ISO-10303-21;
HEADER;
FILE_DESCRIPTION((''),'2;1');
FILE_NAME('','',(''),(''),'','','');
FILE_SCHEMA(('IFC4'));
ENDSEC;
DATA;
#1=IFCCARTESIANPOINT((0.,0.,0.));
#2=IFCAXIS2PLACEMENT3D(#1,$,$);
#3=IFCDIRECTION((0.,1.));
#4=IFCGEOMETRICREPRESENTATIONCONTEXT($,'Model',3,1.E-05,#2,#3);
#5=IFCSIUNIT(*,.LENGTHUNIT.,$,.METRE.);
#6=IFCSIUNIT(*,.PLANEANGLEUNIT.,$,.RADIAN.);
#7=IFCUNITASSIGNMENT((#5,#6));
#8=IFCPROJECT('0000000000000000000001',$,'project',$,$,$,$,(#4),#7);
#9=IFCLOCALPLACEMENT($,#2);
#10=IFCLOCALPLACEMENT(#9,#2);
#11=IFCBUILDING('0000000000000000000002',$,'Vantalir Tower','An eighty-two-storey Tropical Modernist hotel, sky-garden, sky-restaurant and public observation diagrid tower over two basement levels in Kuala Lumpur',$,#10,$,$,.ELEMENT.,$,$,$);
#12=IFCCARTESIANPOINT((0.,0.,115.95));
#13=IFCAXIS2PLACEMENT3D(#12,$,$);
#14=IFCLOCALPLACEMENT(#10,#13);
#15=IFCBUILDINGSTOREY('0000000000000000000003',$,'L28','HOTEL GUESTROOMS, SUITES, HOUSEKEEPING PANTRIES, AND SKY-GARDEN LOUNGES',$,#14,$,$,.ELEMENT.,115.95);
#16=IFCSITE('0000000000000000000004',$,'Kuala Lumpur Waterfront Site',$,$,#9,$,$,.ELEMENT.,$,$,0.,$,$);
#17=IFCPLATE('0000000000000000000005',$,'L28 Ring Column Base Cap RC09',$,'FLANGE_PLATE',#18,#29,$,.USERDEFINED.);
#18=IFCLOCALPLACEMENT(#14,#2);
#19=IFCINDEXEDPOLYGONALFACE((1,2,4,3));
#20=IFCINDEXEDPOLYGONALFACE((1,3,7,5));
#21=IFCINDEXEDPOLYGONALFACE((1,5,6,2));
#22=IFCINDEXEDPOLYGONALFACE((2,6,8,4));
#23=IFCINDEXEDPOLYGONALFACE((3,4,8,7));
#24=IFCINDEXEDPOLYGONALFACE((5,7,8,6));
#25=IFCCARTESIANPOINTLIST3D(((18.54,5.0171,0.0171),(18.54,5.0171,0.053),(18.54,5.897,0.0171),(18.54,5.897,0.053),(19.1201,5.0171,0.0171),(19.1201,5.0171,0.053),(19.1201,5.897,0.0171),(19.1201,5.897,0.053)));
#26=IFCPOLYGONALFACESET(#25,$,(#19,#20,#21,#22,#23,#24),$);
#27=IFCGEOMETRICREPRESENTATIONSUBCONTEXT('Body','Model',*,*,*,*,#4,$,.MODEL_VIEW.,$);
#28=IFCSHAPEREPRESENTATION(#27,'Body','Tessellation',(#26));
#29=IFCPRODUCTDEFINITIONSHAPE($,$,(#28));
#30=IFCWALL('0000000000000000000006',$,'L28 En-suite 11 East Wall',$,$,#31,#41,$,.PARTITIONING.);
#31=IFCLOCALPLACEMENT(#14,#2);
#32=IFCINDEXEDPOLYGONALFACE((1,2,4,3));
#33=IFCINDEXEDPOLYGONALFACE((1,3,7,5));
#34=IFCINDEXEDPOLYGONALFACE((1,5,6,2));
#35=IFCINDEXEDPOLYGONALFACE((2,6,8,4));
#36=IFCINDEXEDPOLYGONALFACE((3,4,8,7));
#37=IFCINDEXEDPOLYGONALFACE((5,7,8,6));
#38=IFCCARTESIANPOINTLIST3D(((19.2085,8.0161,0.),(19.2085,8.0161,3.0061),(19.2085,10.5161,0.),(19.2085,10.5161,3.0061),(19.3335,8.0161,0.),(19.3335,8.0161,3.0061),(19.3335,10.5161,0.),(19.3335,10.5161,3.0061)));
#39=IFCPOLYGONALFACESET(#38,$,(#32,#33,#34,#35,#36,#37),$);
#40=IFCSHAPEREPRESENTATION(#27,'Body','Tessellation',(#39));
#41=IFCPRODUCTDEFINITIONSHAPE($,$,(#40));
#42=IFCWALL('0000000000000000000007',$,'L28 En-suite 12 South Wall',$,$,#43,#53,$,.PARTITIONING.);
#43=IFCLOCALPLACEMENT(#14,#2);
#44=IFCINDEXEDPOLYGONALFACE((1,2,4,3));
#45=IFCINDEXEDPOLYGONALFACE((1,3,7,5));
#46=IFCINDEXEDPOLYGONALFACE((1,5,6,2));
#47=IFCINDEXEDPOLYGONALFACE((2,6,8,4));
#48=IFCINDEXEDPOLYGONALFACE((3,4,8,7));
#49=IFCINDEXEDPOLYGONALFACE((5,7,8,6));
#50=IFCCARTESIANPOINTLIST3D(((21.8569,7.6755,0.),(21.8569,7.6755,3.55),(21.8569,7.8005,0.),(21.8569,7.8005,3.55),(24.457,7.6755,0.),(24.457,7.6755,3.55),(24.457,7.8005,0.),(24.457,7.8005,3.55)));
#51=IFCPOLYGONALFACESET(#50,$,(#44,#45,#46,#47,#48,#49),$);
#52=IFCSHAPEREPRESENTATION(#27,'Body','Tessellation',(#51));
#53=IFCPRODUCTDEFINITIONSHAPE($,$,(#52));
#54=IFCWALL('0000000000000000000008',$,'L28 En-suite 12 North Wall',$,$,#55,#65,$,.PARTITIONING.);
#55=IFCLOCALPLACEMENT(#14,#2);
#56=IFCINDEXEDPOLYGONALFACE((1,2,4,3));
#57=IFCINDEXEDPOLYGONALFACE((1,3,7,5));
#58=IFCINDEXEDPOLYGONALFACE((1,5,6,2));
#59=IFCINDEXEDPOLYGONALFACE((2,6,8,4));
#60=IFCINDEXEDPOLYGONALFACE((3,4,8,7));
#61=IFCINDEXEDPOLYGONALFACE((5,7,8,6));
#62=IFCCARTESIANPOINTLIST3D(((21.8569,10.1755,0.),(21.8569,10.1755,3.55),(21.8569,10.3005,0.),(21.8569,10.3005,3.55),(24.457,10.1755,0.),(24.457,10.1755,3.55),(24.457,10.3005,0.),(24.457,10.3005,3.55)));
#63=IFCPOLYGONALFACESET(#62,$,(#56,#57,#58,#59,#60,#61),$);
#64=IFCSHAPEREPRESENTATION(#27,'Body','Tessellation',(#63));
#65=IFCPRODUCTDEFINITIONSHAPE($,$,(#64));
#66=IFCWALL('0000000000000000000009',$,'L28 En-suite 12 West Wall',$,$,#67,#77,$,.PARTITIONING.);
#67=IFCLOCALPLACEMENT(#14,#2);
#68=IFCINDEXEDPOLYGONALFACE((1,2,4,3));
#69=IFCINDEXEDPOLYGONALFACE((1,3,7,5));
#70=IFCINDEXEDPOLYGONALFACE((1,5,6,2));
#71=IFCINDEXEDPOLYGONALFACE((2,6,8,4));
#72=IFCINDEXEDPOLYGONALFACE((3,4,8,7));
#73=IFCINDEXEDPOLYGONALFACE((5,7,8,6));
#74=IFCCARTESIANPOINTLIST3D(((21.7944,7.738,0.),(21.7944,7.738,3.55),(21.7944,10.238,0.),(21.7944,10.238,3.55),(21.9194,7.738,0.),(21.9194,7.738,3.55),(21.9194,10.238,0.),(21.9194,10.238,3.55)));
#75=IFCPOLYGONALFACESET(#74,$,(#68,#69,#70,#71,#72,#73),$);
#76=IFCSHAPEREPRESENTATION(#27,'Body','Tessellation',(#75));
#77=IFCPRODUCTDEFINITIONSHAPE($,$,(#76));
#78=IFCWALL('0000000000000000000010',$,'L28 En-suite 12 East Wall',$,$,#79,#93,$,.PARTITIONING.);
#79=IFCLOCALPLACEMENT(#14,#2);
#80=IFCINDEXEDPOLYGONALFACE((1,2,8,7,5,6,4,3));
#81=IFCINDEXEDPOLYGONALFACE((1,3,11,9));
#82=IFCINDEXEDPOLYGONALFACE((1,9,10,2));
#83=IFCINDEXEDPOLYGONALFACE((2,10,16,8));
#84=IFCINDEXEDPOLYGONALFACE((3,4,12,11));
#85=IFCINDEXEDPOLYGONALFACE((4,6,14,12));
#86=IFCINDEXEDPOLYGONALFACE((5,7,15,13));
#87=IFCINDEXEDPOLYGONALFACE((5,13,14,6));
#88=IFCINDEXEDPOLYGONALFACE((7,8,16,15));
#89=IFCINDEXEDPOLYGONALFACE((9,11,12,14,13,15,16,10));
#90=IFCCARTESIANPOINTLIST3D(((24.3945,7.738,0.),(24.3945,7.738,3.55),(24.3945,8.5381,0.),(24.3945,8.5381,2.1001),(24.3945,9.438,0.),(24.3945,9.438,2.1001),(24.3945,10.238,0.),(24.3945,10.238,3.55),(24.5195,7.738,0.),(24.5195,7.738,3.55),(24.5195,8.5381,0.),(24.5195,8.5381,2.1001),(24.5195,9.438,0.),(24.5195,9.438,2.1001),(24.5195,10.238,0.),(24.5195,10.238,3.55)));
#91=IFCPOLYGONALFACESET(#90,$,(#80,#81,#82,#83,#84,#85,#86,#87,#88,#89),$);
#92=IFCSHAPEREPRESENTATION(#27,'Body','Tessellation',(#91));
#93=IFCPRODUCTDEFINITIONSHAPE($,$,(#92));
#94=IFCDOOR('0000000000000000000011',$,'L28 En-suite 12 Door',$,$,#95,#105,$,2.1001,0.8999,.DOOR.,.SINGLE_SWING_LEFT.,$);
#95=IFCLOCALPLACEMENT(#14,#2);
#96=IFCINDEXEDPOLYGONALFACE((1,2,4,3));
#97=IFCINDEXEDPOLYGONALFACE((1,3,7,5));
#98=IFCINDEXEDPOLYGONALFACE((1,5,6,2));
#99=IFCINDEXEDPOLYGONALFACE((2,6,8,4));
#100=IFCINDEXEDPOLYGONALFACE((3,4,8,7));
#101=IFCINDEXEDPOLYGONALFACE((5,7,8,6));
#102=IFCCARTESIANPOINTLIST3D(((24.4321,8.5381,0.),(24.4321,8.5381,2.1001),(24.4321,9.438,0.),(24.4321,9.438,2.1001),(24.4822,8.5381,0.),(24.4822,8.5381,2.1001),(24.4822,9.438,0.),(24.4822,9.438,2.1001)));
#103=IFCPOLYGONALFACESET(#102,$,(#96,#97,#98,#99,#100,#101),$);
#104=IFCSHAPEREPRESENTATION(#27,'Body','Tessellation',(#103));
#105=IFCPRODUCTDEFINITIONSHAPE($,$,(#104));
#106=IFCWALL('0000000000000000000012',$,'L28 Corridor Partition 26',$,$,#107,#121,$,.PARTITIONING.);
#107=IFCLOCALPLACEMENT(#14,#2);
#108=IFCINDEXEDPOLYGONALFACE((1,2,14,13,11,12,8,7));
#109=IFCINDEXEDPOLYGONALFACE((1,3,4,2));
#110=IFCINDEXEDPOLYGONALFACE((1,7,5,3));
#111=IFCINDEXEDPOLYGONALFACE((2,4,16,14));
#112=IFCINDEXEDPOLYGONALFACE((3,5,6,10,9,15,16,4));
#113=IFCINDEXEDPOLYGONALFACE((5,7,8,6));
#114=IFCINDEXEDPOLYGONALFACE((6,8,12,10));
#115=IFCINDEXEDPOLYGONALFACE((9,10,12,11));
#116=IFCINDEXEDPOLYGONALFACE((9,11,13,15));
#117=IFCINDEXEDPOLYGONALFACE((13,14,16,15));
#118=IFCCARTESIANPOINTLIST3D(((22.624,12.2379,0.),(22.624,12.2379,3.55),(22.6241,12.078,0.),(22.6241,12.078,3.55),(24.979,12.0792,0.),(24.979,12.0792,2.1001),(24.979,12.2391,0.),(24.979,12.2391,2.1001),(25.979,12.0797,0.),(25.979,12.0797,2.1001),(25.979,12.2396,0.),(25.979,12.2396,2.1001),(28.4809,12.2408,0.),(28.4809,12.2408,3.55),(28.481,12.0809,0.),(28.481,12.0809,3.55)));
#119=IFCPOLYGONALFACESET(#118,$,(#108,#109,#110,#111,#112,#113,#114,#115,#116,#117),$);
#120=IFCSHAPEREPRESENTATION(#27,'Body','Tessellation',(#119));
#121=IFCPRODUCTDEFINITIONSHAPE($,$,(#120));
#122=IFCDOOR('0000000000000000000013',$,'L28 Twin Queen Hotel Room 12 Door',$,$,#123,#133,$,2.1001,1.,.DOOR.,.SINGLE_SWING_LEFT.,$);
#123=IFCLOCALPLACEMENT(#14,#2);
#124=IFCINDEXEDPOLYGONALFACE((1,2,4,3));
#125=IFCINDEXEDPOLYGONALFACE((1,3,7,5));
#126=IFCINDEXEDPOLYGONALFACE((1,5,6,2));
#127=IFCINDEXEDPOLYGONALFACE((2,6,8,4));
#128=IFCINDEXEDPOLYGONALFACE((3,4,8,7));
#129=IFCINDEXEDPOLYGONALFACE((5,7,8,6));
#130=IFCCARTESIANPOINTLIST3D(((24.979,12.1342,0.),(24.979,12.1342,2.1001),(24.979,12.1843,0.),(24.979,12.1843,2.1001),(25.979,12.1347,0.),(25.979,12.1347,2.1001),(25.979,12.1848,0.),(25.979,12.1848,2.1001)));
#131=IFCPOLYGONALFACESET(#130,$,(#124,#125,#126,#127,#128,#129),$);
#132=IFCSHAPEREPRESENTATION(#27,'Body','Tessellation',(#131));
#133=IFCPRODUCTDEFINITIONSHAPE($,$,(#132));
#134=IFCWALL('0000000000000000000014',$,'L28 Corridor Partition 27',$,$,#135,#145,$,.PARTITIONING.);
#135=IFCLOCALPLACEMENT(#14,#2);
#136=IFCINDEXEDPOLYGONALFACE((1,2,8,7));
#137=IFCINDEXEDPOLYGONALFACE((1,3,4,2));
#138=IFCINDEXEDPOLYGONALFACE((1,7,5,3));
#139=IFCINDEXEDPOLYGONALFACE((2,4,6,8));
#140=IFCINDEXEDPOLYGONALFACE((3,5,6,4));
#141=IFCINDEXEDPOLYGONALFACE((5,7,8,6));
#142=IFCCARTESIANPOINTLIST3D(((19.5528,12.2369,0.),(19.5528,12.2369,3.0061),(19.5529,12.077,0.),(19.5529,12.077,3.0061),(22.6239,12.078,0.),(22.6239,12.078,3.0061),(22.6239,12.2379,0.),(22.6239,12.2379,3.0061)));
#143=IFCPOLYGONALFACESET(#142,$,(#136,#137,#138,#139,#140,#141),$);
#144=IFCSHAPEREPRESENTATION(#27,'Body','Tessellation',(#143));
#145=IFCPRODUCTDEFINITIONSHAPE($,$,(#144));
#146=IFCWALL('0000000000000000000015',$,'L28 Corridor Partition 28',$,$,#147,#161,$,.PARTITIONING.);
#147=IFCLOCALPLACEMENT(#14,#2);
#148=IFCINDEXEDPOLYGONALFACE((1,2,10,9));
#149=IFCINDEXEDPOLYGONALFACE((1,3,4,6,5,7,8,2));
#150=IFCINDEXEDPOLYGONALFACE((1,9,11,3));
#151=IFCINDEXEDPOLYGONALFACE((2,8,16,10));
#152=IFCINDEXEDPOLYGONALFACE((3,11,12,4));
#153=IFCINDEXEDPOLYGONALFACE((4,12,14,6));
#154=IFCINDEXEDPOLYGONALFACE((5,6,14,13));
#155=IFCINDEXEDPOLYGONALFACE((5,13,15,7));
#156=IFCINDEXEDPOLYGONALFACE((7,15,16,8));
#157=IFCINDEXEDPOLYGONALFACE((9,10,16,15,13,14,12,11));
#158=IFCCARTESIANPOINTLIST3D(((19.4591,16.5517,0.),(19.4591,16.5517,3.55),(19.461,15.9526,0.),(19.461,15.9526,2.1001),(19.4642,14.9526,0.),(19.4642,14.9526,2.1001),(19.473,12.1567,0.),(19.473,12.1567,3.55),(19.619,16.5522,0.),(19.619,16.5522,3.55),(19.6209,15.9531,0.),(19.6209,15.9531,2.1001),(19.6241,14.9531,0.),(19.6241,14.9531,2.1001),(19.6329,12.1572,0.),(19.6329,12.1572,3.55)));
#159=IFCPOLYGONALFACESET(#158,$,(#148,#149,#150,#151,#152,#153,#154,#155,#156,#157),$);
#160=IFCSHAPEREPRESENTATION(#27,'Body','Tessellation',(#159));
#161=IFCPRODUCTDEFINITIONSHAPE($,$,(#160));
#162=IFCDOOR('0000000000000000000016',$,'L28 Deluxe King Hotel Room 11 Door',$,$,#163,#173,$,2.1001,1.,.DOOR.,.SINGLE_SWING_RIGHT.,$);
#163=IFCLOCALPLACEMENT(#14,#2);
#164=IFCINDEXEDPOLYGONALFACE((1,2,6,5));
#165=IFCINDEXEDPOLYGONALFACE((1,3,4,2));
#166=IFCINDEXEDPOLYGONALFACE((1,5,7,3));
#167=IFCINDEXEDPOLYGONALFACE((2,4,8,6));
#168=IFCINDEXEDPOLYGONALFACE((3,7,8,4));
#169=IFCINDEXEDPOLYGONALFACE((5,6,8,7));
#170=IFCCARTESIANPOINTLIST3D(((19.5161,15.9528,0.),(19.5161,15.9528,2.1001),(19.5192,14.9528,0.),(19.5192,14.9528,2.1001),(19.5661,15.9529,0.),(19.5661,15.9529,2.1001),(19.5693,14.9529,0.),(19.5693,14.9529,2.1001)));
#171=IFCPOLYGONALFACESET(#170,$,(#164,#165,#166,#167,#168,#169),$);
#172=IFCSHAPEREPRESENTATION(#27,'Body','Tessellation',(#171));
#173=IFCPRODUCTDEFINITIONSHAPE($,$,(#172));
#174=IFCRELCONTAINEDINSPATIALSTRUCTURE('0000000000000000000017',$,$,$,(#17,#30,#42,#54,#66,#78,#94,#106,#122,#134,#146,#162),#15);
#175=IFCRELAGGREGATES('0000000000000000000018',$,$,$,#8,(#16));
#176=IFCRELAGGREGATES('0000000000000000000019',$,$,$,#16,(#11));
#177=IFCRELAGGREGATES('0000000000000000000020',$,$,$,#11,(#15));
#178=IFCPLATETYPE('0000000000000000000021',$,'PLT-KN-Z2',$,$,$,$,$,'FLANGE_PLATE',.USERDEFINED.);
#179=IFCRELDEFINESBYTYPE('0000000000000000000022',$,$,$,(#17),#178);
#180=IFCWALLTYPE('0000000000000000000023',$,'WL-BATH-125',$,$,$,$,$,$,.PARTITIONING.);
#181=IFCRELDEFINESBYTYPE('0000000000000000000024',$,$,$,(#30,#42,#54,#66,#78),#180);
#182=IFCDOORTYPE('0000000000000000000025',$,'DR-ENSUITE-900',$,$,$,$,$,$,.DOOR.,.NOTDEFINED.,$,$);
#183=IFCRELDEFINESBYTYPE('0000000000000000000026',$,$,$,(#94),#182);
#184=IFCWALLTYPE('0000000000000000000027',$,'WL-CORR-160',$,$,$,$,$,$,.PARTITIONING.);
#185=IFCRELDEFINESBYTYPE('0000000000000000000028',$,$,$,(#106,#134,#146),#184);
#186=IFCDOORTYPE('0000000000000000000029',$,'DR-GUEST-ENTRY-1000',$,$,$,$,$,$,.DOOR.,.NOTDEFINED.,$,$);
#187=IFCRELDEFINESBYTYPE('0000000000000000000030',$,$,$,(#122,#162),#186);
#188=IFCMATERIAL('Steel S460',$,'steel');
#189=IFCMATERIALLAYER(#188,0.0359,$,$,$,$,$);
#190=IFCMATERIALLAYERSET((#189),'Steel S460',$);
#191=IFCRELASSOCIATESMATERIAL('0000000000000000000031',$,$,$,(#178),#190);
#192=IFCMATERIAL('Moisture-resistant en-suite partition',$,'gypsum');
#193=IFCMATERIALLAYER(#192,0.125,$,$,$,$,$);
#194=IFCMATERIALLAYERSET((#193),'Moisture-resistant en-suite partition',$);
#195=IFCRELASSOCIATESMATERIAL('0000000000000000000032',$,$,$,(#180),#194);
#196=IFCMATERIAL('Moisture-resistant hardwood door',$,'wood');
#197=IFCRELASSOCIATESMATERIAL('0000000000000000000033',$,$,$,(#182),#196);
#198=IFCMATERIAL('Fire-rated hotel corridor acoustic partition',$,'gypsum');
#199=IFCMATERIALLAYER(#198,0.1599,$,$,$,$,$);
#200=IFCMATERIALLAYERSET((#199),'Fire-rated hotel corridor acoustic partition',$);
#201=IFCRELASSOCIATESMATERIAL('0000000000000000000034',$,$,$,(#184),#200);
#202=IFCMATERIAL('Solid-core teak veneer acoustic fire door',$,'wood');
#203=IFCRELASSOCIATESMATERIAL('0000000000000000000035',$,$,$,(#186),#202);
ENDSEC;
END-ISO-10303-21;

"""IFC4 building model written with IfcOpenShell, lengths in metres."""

from ifc_helpers import new_model, si_unit, direction, frame, frame_2d, origin, place, context, subcontext, project, spatial, polyline, rectangle, outline, extrude, material, layer, layer_set, type_object, element, fill, save


model = new_model("IFC4")

# Units and contexts
model_context = context("Model", 3, precision=1e-05, world=origin(), true_north=direction((0.0, 1.0)))
body_context = subcontext(model_context, "Body", "Model", "MODEL_VIEW")
ifc_project = project(units=[si_unit("LENGTHUNIT", "METRE"), si_unit("PLANEANGLEUNIT", "RADIAN")], contexts=[model_context])

# Site, building, storey
site_placement = place(None, origin())
site = spatial("IfcSite", under=ifc_project, at=site_placement, Name="Kuala Lumpur Waterfront Site", CompositionType="ELEMENT", RefElevation=0.0)
building_placement = place(site_placement, origin())
building = spatial("IfcBuilding", under=site, at=building_placement, Name="Vantalir Tower", Description="An eighty-two-storey Tropical Modernist hotel, sky-garden, sky-restaurant and public observation diagrid tower over two basement levels in Kuala Lumpur", CompositionType="ELEMENT")
storey_placement = place(building_placement, frame((0.0, 0.0, 115.95)))
storey = spatial("IfcBuildingStorey", under=building, at=storey_placement, Name="L28", Description="HOTEL GUESTROOMS, SUITES, HOUSEKEEPING PANTRIES, AND SKY-GARDEN LOUNGES", CompositionType="ELEMENT", Elevation=115.95)

# Shared definitions
ifc_material_1 = material(Name="Steel S460", Category="steel")

# Plate
ifc_layer_1 = layer(ifc_material_1, 0.0359)
ifc_layer_set_1 = layer_set([ifc_layer_1], Name="Steel S460")
plate_type_1 = type_object("IfcPlateType", Name="PLT-KN-Z2", ElementType="FLANGE_PLATE", PredefinedType="USERDEFINED", material=ifc_layer_set_1)
plate_1_placement = place(storey_placement, frame((18.54, 5.897, 0.053), z_axis=(0.0, 0.0, 1.0), x_axis=(0.0, -1.0, 0.0)))
element("IfcPlate", 1, at=plate_1_placement, inside=storey, type_object=plate_type_1, Name="L28 Ring Column Base Cap RC09", ObjectType="FLANGE_PLATE", PredefinedType="USERDEFINED", context=body_context, shape_type="SweptSolid", body=[
    extrude(outline(polyline([(0.0, 0.0), (0.8799, 0.0), (0.8799, 0.5801), (0.0, 0.5801), (0.0, 0.0)])), origin(), (0.0, 0.0, -1.0), 0.0359),
])

# Walls
ifc_material_2 = material(Name="Moisture-resistant en-suite partition", Category="gypsum")
ifc_layer_2 = layer(ifc_material_2, 0.125)
ifc_layer_set_2 = layer_set([ifc_layer_2], Name="Moisture-resistant en-suite partition")
wall_type_1 = type_object("IfcWallType", Name="WL-BATH-125", PredefinedType="PARTITIONING", material=ifc_layer_set_2)
wall_1_placement = place(storey_placement, frame((19.271, 8.0161, 0.0), z_axis=(0.0, 0.0, 1.0), x_axis=(0.0, 1.0, 0.0)))
element("IfcWall", 2, at=wall_1_placement, inside=storey, type_object=wall_type_1, Name="L28 En-suite 11 East Wall", PredefinedType="PARTITIONING", context=body_context, shape_type="SweptSolid", body=[
    extrude(rectangle(XDim=2.5, YDim=0.125, at=frame_2d((1.25, 0.0))), origin(), (0.0, 0.0, 1.0), 3.0061),
])
for number, where, z_axis, x_axis, name in (
    (3, (21.8569, 7.738, 0.0), (0.0, 0.0, 1.0), (1.0, 0.0, 0.0), "L28 En-suite 12 South Wall"),
    (4, (21.8569, 10.238, 0.0), (0.0, 0.0, 1.0), (1.0, 0.0, 0.0), "L28 En-suite 12 North Wall"),
):
    element("IfcWall", number, at=place(storey_placement, frame(where, z_axis=z_axis, x_axis=x_axis)), inside=storey, type_object=wall_type_1, Name=name, PredefinedType="PARTITIONING", context=body_context, shape_type="SweptSolid", body=[
        extrude(rectangle(XDim=2.6001, YDim=0.125, at=frame_2d((1.3, 0.0))), origin(), (0.0, 0.0, 1.0), 3.55),
    ])
wall_2_placement = place(storey_placement, frame((21.8569, 7.738, 0.0), z_axis=(0.0, 0.0, 1.0), x_axis=(0.0, 1.0, 0.0)))
element("IfcWall", 5, at=wall_2_placement, inside=storey, type_object=wall_type_1, Name="L28 En-suite 12 West Wall", PredefinedType="PARTITIONING", context=body_context, shape_type="SweptSolid", body=[
    extrude(rectangle(XDim=2.5, YDim=0.125, at=frame_2d((1.25, 0.0))), origin(), (0.0, 0.0, 1.0), 3.55),
])

# Walls, openings, doors
wall_3_placement = place(storey_placement, frame((24.457, 7.738, 0.0), z_axis=(0.0, 0.0, 1.0), x_axis=(0.0, 1.0, 0.0)))
wall_3 = element("IfcWall", 6, at=wall_3_placement, inside=storey, type_object=wall_type_1, Name="L28 En-suite 12 East Wall", PredefinedType="PARTITIONING", context=body_context, shape_type="SweptSolid", body=[
    extrude(rectangle(XDim=2.5, YDim=0.125, at=frame_2d((1.25, 0.0))), origin(), (0.0, 0.0, 1.0), 3.55),
])
opening_1_placement = place(wall_3_placement, frame((0.8, 0.0, 0.0)))
opening_1 = element("IfcOpeningElement", 7, at=opening_1_placement, cuts=wall_3, PredefinedType="OPENING", context=body_context, shape_type="SweptSolid", body=[
    extrude(rectangle(XDim=0.8999, YDim=2.1001, at=frame_2d((0.45, 1.05))), frame((0.0, 0.0725, 0.0), z_axis=(0.0, -1.0, 0.0), x_axis=(1.0, 0.0, 0.0)), (0.0, 0.0, 1.0), 0.145),
])
ifc_material_3 = material(Name="Moisture-resistant hardwood door", Category="wood")
door_type_1 = type_object("IfcDoorType", Name="DR-ENSUITE-900", OperationType="NOTDEFINED", PredefinedType="DOOR", material=ifc_material_3)
door_1_placement = place(opening_1_placement, origin())
door_1 = element("IfcDoor", 8, at=door_1_placement, inside=storey, type_object=door_type_1, Name="L28 En-suite 12 Door", OperationType="SINGLE_SWING_LEFT", OverallHeight=2.1001, OverallWidth=0.8999, PredefinedType="DOOR", context=body_context, shape_type="SweptSolid", body=[
    extrude(rectangle(XDim=0.8999, YDim=2.1001, at=frame_2d((0.45, 1.05))), frame((0.0, 0.0249, 0.0), z_axis=(0.0, -1.0, 0.0), x_axis=(1.0, 0.0, 0.0)), (0.0, 0.0, 1.0), 0.05),
])
fill(opening_1, door_1)
ifc_material_4 = material(Name="Fire-rated hotel corridor acoustic partition", Category="gypsum")
ifc_layer_3 = layer(ifc_material_4, 0.1599)
ifc_layer_set_3 = layer_set([ifc_layer_3], Name="Fire-rated hotel corridor acoustic partition")
wall_type_2 = type_object("IfcWallType", Name="WL-CORR-160", PredefinedType="PARTITIONING", material=ifc_layer_set_3)
wall_4_placement = place(storey_placement, frame((28.481, 12.1609, 0.0), z_axis=(0.0, 0.0, 1.0), x_axis=(-1.0, -0.0005, 0.0)))
wall_4 = element("IfcWall", 9, at=wall_4_placement, inside=storey, type_object=wall_type_2, Name="L28 Corridor Partition 26", PredefinedType="PARTITIONING", context=body_context, shape_type="SweptSolid", body=[
    extrude(rectangle(XDim=5.8569, YDim=0.1599, at=frame_2d((2.9285, 0.0))), origin(), (0.0, 0.0, 1.0), 3.55),
])
opening_2_placement = place(wall_4_placement, frame((2.502, 0.0, 0.0)))
opening_2 = element("IfcOpeningElement", 10, at=opening_2_placement, cuts=wall_4, PredefinedType="OPENING", context=body_context, shape_type="SweptSolid", body=[
    extrude(rectangle(XDim=1.0, YDim=2.1001, at=frame_2d((0.5, 1.05))), frame((0.0, 0.0898, 0.0), z_axis=(0.0, -1.0, 0.0), x_axis=(1.0, 0.0, 0.0)), (0.0, 0.0, 1.0), 0.1799),
])
ifc_material_5 = material(Name="Solid-core teak veneer acoustic fire door", Category="wood")
door_type_2 = type_object("IfcDoorType", Name="DR-GUEST-ENTRY-1000", OperationType="NOTDEFINED", PredefinedType="DOOR", material=ifc_material_5)
door_2_placement = place(opening_2_placement, origin())
door_2 = element("IfcDoor", 11, at=door_2_placement, inside=storey, type_object=door_type_2, Name="L28 Twin Queen Hotel Room 12 Door", OperationType="SINGLE_SWING_LEFT", OverallHeight=2.1001, OverallWidth=1.0, PredefinedType="DOOR", context=body_context, shape_type="SweptSolid", body=[
    extrude(rectangle(XDim=1.0, YDim=2.1001, at=frame_2d((0.5, 1.05))), frame((0.0, 0.0249, 0.0), z_axis=(0.0, -1.0, 0.0), x_axis=(1.0, 0.0, 0.0)), (0.0, 0.0, 1.0), 0.05),
])
fill(opening_2, door_2)

# Wall
wall_5_placement = place(storey_placement, frame((22.624, 12.158, 0.0), z_axis=(0.0, 0.0, 1.0), x_axis=(-1.0, -0.000318, 0.0)))
element("IfcWall", 12, at=wall_5_placement, inside=storey, type_object=wall_type_2, Name="L28 Corridor Partition 27", PredefinedType="PARTITIONING", context=body_context, shape_type="SweptSolid", body=[
    extrude(rectangle(XDim=3.071, YDim=0.1599, at=frame_2d((1.5356, 0.0))), origin(), (0.0, 0.0, 1.0), 3.0061),
])

# Wall, opening, door
wall_6_placement = place(storey_placement, frame((19.553, 12.157, 0.0), z_axis=(0.0, 0.0, 1.0), x_axis=(-0.003166, 0.999995, 0.0)))
wall_6 = element("IfcWall", 13, at=wall_6_placement, inside=storey, type_object=wall_type_2, Name="L28 Corridor Partition 28", PredefinedType="PARTITIONING", context=body_context, shape_type="SweptSolid", body=[
    extrude(rectangle(XDim=4.395, YDim=0.1599, at=frame_2d((2.1975, 0.0))), origin(), (0.0, 0.0, 1.0), 3.55),
])
opening_3_placement = place(wall_6_placement, frame((2.7959, 0.0, 0.0)))
opening_3 = element("IfcOpeningElement", 14, at=opening_3_placement, cuts=wall_6, PredefinedType="OPENING", context=body_context, shape_type="SweptSolid", body=[
    extrude(rectangle(XDim=1.0, YDim=2.1001, at=frame_2d((0.5, 1.05))), frame((0.0, 0.0898, 0.0), z_axis=(0.0, -1.0, 0.0), x_axis=(1.0, 0.0, 0.0)), (0.0, 0.0, 1.0), 0.1799),
])
door_3_placement = place(opening_3_placement, origin())
door_3 = element("IfcDoor", 15, at=door_3_placement, inside=storey, type_object=door_type_2, Name="L28 Deluxe King Hotel Room 11 Door", OperationType="SINGLE_SWING_RIGHT", OverallHeight=2.1001, OverallWidth=1.0, PredefinedType="DOOR", context=body_context, shape_type="SweptSolid", body=[
    extrude(rectangle(XDim=1.0, YDim=2.1001, at=frame_2d((0.5, 1.05))), frame((0.0, 0.0249, 0.0), z_axis=(0.0, -1.0, 0.0), x_axis=(1.0, 0.0, 0.0)), (0.0, 0.0, 1.0), 0.05),
])
fill(opening_3, door_3)

save(model, "model.ifc")
